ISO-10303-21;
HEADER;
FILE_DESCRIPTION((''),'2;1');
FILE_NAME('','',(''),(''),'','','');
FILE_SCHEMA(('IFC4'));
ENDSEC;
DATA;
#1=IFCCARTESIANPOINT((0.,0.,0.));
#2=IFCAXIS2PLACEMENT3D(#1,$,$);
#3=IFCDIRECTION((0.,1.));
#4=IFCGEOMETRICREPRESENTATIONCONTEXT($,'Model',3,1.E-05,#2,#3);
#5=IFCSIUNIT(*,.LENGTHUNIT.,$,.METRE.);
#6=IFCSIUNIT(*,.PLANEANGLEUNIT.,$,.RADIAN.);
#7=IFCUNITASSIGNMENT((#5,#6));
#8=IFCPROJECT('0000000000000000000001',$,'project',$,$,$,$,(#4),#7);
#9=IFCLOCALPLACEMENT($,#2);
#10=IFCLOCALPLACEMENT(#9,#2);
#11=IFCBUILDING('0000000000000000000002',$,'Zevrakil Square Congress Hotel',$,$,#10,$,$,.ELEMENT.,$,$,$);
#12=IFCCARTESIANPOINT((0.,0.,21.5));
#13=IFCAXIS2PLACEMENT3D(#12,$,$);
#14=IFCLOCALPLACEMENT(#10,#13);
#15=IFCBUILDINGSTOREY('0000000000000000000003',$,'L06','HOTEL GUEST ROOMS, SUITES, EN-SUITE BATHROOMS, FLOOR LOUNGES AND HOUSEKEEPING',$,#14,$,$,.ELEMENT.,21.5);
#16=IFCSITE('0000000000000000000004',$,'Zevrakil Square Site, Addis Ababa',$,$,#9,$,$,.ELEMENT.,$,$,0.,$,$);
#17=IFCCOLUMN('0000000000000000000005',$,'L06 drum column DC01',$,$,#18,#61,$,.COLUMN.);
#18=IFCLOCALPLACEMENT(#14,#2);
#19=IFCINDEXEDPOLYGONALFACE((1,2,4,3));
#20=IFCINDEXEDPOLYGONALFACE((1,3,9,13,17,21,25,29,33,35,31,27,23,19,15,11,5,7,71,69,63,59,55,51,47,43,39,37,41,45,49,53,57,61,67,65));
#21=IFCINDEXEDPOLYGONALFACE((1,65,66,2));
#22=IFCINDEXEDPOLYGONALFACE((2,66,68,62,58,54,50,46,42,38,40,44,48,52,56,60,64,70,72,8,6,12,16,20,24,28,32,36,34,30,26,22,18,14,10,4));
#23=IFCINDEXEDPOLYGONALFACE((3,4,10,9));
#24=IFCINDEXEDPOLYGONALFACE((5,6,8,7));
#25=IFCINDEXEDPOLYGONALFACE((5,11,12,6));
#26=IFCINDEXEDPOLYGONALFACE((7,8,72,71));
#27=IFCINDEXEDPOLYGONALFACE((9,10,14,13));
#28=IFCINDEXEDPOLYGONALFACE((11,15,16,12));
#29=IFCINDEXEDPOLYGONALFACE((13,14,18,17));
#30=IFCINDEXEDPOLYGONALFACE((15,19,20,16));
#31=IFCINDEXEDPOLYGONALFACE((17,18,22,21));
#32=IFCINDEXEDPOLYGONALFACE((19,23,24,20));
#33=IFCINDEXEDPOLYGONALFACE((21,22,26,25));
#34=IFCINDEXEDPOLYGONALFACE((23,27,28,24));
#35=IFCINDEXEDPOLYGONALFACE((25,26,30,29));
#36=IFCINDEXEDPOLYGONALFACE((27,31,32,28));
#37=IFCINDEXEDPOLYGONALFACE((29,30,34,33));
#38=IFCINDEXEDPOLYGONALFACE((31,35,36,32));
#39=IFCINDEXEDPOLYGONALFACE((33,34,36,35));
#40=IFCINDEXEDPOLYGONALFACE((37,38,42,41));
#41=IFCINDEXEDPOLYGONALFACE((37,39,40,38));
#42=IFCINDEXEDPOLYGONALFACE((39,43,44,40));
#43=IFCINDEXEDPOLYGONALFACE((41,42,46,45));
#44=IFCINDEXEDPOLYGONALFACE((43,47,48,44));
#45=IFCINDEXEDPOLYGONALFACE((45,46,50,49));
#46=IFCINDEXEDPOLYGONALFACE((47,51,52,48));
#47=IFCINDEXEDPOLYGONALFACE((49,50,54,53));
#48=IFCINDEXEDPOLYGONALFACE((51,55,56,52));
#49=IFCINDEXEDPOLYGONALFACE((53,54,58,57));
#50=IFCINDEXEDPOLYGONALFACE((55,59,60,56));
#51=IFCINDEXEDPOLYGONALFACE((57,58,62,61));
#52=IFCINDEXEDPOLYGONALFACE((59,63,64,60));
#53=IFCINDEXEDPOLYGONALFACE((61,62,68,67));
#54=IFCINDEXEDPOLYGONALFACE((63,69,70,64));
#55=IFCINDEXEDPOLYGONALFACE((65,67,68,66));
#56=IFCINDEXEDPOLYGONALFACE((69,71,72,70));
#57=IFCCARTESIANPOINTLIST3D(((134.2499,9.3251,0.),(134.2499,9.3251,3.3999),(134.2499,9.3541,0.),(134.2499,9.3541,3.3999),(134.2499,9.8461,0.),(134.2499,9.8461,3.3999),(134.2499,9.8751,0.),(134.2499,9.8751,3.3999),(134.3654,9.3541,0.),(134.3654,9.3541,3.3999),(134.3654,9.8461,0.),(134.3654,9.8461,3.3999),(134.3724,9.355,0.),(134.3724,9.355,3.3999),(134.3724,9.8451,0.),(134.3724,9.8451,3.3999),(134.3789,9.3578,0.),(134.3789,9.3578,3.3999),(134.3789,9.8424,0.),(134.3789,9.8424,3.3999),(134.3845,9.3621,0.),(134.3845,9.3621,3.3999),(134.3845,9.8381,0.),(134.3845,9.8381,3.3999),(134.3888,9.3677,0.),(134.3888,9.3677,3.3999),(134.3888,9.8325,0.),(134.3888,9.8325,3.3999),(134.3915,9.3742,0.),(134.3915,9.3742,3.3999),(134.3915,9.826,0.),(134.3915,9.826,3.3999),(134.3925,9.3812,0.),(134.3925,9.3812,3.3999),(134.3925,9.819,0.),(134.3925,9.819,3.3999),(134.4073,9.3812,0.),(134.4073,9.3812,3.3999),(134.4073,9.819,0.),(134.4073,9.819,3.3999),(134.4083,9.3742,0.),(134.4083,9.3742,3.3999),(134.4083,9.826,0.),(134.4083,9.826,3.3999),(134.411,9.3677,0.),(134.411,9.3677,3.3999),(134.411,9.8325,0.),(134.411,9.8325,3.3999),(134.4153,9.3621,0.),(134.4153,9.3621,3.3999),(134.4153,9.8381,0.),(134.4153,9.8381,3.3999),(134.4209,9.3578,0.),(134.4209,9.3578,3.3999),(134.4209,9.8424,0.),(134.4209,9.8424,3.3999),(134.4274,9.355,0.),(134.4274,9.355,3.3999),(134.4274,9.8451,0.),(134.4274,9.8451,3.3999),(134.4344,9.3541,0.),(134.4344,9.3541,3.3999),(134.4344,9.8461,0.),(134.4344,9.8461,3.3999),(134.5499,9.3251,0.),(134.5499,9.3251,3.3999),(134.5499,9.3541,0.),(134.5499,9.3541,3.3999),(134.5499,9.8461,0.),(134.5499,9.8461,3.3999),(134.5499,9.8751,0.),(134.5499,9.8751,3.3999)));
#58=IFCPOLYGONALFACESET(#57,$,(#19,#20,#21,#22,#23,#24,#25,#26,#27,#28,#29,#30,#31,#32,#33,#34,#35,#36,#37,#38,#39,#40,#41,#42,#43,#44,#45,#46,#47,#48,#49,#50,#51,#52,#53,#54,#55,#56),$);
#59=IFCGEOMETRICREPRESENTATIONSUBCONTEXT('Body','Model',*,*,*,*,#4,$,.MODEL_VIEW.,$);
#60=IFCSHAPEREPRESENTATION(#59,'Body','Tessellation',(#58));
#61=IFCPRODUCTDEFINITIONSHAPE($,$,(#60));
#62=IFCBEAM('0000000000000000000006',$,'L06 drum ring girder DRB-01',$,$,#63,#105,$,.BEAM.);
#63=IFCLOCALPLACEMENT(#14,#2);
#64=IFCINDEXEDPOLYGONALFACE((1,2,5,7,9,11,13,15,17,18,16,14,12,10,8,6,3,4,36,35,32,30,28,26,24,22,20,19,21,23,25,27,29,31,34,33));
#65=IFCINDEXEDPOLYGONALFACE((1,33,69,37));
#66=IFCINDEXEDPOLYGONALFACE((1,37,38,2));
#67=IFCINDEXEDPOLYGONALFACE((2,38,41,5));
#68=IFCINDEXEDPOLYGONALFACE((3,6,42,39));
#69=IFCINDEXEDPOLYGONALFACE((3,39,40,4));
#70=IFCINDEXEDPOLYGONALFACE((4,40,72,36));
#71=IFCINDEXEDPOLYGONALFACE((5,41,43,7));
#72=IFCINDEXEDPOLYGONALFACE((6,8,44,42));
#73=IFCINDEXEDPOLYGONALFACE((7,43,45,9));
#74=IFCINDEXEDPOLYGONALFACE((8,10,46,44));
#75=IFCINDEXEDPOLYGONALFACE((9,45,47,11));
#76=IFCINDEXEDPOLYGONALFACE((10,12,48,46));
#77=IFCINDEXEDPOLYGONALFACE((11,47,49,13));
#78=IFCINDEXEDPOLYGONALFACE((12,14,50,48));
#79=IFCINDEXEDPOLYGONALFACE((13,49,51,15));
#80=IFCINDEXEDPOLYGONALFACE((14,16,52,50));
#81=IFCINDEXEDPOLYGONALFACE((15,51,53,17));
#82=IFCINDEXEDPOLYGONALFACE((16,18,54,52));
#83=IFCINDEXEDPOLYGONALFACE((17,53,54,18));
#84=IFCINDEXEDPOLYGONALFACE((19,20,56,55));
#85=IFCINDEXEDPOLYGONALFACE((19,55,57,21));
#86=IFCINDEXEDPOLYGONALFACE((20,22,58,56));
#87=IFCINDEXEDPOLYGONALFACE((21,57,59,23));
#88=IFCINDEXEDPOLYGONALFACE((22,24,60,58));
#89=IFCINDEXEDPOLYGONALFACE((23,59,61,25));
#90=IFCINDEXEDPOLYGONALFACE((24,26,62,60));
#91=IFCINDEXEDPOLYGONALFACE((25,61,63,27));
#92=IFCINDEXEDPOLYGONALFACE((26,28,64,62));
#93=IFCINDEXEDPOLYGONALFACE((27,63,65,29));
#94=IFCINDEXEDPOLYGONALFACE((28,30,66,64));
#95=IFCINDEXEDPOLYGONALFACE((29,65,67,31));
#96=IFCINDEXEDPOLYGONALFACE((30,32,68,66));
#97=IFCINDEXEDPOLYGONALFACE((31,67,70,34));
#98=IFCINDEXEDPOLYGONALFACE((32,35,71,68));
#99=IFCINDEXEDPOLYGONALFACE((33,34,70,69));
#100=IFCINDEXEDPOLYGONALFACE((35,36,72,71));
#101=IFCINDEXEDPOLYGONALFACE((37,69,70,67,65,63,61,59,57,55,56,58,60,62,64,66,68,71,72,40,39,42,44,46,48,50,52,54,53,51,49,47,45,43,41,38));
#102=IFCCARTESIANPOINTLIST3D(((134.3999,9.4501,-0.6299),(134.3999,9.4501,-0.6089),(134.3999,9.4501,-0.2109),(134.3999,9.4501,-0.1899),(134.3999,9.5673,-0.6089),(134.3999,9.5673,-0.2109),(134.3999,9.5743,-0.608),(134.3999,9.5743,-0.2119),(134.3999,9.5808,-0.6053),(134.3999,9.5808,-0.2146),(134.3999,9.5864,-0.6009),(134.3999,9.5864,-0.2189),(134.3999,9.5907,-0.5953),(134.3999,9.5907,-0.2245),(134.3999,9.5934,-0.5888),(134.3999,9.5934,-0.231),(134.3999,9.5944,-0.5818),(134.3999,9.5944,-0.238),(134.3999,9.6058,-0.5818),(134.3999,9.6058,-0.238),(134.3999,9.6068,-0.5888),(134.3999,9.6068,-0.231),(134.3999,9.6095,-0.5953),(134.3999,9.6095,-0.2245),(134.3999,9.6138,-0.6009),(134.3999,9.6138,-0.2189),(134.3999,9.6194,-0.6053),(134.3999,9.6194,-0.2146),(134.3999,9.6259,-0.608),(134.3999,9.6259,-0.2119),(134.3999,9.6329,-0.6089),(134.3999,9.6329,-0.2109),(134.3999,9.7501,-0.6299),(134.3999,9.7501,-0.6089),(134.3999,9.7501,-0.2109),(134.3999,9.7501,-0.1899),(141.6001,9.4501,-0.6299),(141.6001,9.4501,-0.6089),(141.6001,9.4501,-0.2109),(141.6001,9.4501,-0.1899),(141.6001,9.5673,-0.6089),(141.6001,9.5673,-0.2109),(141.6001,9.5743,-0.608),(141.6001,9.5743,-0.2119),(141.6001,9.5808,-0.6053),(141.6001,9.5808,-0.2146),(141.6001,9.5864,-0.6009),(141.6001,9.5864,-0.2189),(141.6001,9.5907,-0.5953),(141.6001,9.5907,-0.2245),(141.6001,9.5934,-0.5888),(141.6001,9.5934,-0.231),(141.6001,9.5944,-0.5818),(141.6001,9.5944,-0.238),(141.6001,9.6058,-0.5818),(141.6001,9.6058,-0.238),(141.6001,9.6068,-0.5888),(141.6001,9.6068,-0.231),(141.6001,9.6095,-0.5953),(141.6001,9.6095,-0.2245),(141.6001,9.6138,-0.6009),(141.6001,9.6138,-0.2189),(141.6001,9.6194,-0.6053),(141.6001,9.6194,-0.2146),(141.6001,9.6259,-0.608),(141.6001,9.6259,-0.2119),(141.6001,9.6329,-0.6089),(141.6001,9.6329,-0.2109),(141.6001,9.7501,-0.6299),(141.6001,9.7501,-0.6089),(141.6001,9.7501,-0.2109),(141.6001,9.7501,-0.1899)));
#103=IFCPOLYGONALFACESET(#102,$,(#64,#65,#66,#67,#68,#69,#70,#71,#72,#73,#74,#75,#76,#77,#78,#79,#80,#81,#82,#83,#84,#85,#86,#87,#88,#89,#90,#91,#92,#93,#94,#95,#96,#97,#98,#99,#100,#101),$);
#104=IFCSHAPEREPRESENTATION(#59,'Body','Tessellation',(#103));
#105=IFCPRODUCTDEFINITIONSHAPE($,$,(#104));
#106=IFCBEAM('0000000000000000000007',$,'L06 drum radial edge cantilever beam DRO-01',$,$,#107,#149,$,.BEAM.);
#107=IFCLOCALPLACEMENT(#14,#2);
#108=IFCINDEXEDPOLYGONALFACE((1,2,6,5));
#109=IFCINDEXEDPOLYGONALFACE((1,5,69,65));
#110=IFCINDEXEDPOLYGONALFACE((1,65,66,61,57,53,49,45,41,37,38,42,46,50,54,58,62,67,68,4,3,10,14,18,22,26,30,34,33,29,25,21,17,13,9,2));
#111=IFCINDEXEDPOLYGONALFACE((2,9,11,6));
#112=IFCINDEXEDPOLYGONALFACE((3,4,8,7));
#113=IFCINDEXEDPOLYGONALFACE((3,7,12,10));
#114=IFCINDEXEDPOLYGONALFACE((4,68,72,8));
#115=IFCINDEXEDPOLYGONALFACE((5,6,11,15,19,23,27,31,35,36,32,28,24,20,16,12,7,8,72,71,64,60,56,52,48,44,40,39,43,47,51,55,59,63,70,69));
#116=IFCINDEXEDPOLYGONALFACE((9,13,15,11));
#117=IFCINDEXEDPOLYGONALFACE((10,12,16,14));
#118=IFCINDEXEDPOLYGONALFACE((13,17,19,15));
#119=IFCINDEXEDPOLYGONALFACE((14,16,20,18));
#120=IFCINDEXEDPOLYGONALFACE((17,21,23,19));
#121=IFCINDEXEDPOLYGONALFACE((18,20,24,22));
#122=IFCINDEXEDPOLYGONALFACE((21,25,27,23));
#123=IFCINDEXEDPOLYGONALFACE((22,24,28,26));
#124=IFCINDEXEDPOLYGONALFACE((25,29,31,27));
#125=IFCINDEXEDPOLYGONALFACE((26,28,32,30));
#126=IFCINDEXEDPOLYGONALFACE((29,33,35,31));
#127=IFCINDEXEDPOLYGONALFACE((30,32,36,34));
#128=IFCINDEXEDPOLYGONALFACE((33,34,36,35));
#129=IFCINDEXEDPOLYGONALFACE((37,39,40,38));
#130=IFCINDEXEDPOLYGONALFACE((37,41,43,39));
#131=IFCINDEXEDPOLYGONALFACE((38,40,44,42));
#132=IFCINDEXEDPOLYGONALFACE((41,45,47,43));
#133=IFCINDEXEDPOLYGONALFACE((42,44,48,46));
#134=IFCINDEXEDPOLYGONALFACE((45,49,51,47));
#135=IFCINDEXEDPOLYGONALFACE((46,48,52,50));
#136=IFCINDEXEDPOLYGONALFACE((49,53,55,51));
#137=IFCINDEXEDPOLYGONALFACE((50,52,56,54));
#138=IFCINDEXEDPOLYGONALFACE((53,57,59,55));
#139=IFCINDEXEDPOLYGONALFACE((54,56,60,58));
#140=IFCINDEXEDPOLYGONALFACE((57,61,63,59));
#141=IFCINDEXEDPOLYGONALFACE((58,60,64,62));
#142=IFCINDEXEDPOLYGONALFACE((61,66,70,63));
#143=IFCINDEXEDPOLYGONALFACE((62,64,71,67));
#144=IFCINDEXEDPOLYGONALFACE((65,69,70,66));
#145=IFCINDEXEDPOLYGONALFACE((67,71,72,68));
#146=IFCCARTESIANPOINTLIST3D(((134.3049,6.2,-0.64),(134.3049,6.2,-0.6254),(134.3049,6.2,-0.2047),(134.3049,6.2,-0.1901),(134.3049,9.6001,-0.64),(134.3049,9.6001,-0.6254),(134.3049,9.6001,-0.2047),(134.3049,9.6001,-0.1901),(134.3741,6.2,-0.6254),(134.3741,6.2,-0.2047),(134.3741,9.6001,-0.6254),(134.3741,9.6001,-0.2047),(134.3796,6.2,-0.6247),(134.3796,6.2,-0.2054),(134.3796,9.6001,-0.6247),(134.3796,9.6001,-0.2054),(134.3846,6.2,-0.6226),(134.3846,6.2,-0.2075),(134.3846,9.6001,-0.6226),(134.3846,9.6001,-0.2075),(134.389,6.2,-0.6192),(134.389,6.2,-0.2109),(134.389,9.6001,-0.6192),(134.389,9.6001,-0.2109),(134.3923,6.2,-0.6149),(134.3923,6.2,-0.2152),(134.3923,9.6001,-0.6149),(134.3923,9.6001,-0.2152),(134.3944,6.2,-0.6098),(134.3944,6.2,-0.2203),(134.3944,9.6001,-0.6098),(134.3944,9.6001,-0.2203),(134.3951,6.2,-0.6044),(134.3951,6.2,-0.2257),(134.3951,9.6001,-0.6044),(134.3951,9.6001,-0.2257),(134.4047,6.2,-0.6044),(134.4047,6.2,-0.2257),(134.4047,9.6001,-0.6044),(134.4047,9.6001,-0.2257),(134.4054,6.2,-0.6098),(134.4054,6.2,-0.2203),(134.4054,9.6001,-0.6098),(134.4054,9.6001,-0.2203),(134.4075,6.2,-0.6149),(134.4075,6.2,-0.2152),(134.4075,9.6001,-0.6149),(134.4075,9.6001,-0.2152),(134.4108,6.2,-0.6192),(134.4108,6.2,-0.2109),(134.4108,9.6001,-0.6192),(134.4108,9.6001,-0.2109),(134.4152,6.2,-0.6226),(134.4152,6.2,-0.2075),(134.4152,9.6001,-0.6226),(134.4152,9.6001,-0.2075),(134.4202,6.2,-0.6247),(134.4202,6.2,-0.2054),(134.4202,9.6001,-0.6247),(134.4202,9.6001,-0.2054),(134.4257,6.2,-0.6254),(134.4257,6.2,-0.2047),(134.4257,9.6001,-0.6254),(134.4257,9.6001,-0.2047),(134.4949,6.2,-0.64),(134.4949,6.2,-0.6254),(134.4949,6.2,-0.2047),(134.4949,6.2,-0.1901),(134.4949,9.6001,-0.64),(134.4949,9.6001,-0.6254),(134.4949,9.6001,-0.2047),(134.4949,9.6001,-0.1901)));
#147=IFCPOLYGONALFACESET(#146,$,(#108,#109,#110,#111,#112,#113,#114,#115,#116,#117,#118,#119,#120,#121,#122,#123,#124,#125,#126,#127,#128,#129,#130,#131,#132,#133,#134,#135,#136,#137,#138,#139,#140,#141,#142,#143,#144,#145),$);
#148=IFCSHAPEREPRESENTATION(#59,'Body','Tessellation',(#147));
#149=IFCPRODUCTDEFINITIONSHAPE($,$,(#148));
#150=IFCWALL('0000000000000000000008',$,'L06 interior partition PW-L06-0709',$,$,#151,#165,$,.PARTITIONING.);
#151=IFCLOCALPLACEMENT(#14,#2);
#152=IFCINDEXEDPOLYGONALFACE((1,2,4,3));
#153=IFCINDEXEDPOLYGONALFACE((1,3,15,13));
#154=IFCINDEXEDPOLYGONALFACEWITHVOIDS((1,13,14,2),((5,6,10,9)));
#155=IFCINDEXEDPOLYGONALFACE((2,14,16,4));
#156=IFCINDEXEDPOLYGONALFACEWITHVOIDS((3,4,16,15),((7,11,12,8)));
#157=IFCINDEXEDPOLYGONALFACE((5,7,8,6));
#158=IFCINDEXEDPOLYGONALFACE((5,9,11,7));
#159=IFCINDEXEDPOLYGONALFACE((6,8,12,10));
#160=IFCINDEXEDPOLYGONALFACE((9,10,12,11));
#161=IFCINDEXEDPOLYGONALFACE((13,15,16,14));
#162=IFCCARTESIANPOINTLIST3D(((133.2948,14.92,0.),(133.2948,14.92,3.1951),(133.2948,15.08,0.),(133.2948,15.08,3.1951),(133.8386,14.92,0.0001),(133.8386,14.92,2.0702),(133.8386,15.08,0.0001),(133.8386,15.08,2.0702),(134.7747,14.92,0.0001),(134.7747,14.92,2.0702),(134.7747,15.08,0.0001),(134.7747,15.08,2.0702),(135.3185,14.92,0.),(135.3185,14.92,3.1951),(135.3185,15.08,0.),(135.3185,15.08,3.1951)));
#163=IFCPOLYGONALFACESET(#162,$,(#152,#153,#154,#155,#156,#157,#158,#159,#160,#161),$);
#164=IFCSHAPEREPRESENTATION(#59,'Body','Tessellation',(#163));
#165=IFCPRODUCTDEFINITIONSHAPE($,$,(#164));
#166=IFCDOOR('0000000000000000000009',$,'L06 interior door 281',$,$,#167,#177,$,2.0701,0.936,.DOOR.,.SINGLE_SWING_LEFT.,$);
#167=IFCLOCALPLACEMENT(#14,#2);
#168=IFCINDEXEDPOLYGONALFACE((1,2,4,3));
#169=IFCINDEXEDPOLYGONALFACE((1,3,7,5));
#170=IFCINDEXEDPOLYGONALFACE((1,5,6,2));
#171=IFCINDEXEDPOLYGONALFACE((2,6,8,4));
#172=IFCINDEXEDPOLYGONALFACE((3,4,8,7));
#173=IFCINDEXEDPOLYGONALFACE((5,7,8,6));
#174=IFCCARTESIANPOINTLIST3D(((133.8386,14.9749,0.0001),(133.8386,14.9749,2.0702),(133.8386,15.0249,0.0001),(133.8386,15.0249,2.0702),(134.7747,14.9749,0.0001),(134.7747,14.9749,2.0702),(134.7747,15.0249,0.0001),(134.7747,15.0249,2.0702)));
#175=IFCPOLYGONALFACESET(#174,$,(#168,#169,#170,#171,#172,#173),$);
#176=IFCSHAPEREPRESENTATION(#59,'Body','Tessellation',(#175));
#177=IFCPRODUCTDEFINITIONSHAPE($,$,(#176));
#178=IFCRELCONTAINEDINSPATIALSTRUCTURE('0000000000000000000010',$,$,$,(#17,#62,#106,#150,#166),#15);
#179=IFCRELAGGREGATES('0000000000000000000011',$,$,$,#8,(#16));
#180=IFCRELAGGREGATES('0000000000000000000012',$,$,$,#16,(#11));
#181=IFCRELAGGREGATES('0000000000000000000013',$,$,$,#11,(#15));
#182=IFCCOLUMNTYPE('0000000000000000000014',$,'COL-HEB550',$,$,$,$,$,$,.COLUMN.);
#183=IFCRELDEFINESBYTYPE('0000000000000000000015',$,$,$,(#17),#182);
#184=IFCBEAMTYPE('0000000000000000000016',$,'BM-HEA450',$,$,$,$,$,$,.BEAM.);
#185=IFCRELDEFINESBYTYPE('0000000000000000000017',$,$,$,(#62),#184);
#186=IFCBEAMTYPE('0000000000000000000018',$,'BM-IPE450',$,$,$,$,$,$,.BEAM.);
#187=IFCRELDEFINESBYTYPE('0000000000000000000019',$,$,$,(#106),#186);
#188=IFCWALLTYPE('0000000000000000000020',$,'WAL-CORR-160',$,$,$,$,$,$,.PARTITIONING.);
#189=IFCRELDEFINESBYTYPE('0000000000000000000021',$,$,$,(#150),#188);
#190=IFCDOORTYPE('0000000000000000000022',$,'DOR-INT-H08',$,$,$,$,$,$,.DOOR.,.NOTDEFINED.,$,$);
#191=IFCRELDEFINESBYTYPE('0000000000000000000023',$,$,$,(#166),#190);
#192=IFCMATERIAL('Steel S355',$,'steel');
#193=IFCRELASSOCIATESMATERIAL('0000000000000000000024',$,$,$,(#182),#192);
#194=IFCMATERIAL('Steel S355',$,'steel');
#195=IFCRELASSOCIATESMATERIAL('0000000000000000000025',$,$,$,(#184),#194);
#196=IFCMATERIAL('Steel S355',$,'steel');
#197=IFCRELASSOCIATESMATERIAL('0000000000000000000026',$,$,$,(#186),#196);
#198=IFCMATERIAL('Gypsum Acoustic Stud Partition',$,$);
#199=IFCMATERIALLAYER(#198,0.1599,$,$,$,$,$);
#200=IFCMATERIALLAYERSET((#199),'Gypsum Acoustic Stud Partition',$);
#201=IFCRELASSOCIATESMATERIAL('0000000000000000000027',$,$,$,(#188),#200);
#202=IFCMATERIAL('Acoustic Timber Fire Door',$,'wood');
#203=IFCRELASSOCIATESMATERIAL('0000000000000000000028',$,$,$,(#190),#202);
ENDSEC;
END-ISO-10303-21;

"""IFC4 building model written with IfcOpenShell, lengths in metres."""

from ifc_helpers import new_model, si_unit, direction, frame, frame_2d, origin, origin_2d, place, context, subcontext, project, spatial, rectangle, i_section, extrude, material, layer, layer_set, material_profile, profile_set, type_object, element, fill, save


model = new_model("IFC4")

# Units and contexts
model_context = context("Model", 3, precision=1e-05, world=origin(), true_north=direction((0.0, 1.0)))
body_context = subcontext(model_context, "Body", "Model", "MODEL_VIEW")
ifc_project = project(units=[si_unit("LENGTHUNIT", "METRE"), si_unit("PLANEANGLEUNIT", "RADIAN")], contexts=[model_context])

# Site, building, storey
site_placement = place(None, origin())
site = spatial("IfcSite", under=ifc_project, at=site_placement, Name="Zevrakil Square Site, Addis Ababa", CompositionType="ELEMENT", RefElevation=0.0)
building_placement = place(site_placement, origin())
building = spatial("IfcBuilding", under=site, at=building_placement, Name="Zevrakil Square Congress Hotel", CompositionType="ELEMENT")
storey_placement = place(building_placement, frame((0.0, 0.0, 21.5)))
storey = spatial("IfcBuildingStorey", under=building, at=storey_placement, Name="L06", Description="HOTEL GUEST ROOMS, SUITES, EN-SUITE BATHROOMS, FLOOR LOUNGES AND HOUSEKEEPING", CompositionType="ELEMENT", Elevation=21.5)

# Column
ifc_material_1 = material(Name="Steel S355", Category="steel")
ifc_material_profile_1 = material_profile(ifc_material_1, i_section(OverallWidth=0.3, OverallDepth=0.55, WebThickness=0.0149, FlangeThickness=0.0291, FilletRadius=0.0271, at=origin_2d()), Name="HEB 550")
ifc_profile_set_1 = profile_set([ifc_material_profile_1], Name="Steel S355")
column_type = type_object("IfcColumnType", Name="COL-HEB550", PredefinedType="COLUMN", material=ifc_profile_set_1)
column_placement = place(storey_placement, frame((134.3999, 9.6001, 0.0), z_axis=(0.0, 0.0, 1.0), x_axis=(1.0, 0.0, 0.0)))
element("IfcColumn", 1, at=column_placement, inside=storey, type_object=column_type, Name="L06 drum column DC01", PredefinedType="COLUMN", context=body_context, shape_type="SweptSolid", body=[
    extrude(i_section(OverallWidth=0.3, OverallDepth=0.55, WebThickness=0.0149, FlangeThickness=0.0291, FilletRadius=0.0271, at=origin_2d()), origin(), (0.0, 0.0, 1.0), 3.3999),
])

# Beams
ifc_material_2 = material(Name="Steel S355", Category="steel")
ifc_material_profile_2 = material_profile(ifc_material_2, i_section(OverallWidth=0.3, OverallDepth=0.4399, WebThickness=0.0115, FlangeThickness=0.021, FilletRadius=0.0271, at=origin_2d()), Name="HEA 450")
ifc_profile_set_2 = profile_set([ifc_material_profile_2], Name="Steel S355")
beam_type_1 = type_object("IfcBeamType", Name="BM-HEA450", PredefinedType="BEAM", material=ifc_profile_set_2)
beam_1_placement = place(storey_placement, frame((134.3999, 9.6001, -0.4099), z_axis=(1.0, 0.0, 0.0), x_axis=(0.0, 1.0, 0.0)))
element("IfcBeam", 2, at=beam_1_placement, inside=storey, type_object=beam_type_1, Name="L06 drum ring girder DRB-01", PredefinedType="BEAM", context=body_context, shape_type="SweptSolid", body=[
    extrude(i_section(OverallWidth=0.3, OverallDepth=0.4399, WebThickness=0.0115, FlangeThickness=0.021, FilletRadius=0.0271, at=origin_2d()), origin(), (0.0, 0.0, 1.0), 7.2002),
])
ifc_material_3 = material(Name="Steel S355", Category="steel")
ifc_material_profile_3 = material_profile(ifc_material_3, i_section(OverallWidth=0.1899, OverallDepth=0.45, WebThickness=0.0095, FlangeThickness=0.0146, FilletRadius=0.021, at=origin_2d()), Name="IPE 450")
ifc_profile_set_3 = profile_set([ifc_material_profile_3], Name="Steel S355")
beam_type_2 = type_object("IfcBeamType", Name="BM-IPE450", PredefinedType="BEAM", material=ifc_profile_set_3)
beam_2_placement = place(storey_placement, frame((134.3999, 9.6001, -0.415), z_axis=(0.0, -1.0, 0.0), x_axis=(1.0, 0.0, 0.0)))
element("IfcBeam", 3, at=beam_2_placement, inside=storey, type_object=beam_type_2, Name="L06 drum radial edge cantilever beam DRO-01", PredefinedType="BEAM", context=body_context, shape_type="SweptSolid", body=[
    extrude(i_section(OverallWidth=0.1899, OverallDepth=0.45, WebThickness=0.0095, FlangeThickness=0.0146, FilletRadius=0.021, at=origin_2d()), origin(), (0.0, 0.0, 1.0), 3.4001),
])

# Wall, opening, door
ifc_material_4 = material(Name="Gypsum Acoustic Stud Partition")
ifc_layer_1 = layer(ifc_material_4, 0.1599)
ifc_layer_set_1 = layer_set([ifc_layer_1], Name="Gypsum Acoustic Stud Partition")
wall_type_1 = type_object("IfcWallType", Name="WAL-CORR-160", PredefinedType="PARTITIONING", material=ifc_layer_set_1)
wall_1_placement = place(storey_placement, frame((133.2949, 15.0, 0.0), z_axis=(0.0, 0.0, 1.0), x_axis=(1.0, 0.0, 0.0)))
wall_1 = element("IfcWall", 4, at=wall_1_placement, inside=storey, type_object=wall_type_1, Name="L06 interior partition PW-L06-0709", PredefinedType="PARTITIONING", context=body_context, shape_type="SweptSolid", body=[
    extrude(rectangle(XDim=2.0237, YDim=0.1599, at=frame_2d((1.0117, 0.0))), origin(), (0.0, 0.0, 1.0), 3.1951),
])
opening_1_placement = place(wall_1_placement, frame((0.5437, 0.0, 0.0)))
opening_1 = element("IfcOpeningElement", 5, at=opening_1_placement, cuts=wall_1, PredefinedType="OPENING", context=body_context, shape_type="SweptSolid", body=[
    extrude(rectangle(XDim=0.936, YDim=2.0701, at=frame_2d((0.468, 1.0352))), frame((0.0, 0.0898, 0.0), z_axis=(0.0, -1.0, 0.0), x_axis=(1.0, 0.0, 0.0)), (0.0, 0.0, 1.0), 0.1799),
])
ifc_material_5 = material(Name="Acoustic Timber Fire Door", Category="wood")
door_type_1 = type_object("IfcDoorType", Name="DOR-INT-H08", OperationType="NOTDEFINED", PredefinedType="DOOR", material=ifc_material_5)
door_1_placement = place(opening_1_placement, origin())
door_1 = element("IfcDoor", 6, at=door_1_placement, inside=storey, type_object=door_type_1, Name="L06 interior door 281", OperationType="SINGLE_SWING_LEFT", OverallHeight=2.0701, OverallWidth=0.936, PredefinedType="DOOR", context=body_context, shape_type="SweptSolid", body=[
    extrude(rectangle(XDim=0.936, YDim=2.0701, at=frame_2d((0.468, 1.0352))), frame((0.0, 0.0249, 0.0), z_axis=(0.0, -1.0, 0.0), x_axis=(1.0, 0.0, 0.0)), (0.0, 0.0, 1.0), 0.05),
])
fill(opening_1, door_1)

save(model, "model.ifc")
